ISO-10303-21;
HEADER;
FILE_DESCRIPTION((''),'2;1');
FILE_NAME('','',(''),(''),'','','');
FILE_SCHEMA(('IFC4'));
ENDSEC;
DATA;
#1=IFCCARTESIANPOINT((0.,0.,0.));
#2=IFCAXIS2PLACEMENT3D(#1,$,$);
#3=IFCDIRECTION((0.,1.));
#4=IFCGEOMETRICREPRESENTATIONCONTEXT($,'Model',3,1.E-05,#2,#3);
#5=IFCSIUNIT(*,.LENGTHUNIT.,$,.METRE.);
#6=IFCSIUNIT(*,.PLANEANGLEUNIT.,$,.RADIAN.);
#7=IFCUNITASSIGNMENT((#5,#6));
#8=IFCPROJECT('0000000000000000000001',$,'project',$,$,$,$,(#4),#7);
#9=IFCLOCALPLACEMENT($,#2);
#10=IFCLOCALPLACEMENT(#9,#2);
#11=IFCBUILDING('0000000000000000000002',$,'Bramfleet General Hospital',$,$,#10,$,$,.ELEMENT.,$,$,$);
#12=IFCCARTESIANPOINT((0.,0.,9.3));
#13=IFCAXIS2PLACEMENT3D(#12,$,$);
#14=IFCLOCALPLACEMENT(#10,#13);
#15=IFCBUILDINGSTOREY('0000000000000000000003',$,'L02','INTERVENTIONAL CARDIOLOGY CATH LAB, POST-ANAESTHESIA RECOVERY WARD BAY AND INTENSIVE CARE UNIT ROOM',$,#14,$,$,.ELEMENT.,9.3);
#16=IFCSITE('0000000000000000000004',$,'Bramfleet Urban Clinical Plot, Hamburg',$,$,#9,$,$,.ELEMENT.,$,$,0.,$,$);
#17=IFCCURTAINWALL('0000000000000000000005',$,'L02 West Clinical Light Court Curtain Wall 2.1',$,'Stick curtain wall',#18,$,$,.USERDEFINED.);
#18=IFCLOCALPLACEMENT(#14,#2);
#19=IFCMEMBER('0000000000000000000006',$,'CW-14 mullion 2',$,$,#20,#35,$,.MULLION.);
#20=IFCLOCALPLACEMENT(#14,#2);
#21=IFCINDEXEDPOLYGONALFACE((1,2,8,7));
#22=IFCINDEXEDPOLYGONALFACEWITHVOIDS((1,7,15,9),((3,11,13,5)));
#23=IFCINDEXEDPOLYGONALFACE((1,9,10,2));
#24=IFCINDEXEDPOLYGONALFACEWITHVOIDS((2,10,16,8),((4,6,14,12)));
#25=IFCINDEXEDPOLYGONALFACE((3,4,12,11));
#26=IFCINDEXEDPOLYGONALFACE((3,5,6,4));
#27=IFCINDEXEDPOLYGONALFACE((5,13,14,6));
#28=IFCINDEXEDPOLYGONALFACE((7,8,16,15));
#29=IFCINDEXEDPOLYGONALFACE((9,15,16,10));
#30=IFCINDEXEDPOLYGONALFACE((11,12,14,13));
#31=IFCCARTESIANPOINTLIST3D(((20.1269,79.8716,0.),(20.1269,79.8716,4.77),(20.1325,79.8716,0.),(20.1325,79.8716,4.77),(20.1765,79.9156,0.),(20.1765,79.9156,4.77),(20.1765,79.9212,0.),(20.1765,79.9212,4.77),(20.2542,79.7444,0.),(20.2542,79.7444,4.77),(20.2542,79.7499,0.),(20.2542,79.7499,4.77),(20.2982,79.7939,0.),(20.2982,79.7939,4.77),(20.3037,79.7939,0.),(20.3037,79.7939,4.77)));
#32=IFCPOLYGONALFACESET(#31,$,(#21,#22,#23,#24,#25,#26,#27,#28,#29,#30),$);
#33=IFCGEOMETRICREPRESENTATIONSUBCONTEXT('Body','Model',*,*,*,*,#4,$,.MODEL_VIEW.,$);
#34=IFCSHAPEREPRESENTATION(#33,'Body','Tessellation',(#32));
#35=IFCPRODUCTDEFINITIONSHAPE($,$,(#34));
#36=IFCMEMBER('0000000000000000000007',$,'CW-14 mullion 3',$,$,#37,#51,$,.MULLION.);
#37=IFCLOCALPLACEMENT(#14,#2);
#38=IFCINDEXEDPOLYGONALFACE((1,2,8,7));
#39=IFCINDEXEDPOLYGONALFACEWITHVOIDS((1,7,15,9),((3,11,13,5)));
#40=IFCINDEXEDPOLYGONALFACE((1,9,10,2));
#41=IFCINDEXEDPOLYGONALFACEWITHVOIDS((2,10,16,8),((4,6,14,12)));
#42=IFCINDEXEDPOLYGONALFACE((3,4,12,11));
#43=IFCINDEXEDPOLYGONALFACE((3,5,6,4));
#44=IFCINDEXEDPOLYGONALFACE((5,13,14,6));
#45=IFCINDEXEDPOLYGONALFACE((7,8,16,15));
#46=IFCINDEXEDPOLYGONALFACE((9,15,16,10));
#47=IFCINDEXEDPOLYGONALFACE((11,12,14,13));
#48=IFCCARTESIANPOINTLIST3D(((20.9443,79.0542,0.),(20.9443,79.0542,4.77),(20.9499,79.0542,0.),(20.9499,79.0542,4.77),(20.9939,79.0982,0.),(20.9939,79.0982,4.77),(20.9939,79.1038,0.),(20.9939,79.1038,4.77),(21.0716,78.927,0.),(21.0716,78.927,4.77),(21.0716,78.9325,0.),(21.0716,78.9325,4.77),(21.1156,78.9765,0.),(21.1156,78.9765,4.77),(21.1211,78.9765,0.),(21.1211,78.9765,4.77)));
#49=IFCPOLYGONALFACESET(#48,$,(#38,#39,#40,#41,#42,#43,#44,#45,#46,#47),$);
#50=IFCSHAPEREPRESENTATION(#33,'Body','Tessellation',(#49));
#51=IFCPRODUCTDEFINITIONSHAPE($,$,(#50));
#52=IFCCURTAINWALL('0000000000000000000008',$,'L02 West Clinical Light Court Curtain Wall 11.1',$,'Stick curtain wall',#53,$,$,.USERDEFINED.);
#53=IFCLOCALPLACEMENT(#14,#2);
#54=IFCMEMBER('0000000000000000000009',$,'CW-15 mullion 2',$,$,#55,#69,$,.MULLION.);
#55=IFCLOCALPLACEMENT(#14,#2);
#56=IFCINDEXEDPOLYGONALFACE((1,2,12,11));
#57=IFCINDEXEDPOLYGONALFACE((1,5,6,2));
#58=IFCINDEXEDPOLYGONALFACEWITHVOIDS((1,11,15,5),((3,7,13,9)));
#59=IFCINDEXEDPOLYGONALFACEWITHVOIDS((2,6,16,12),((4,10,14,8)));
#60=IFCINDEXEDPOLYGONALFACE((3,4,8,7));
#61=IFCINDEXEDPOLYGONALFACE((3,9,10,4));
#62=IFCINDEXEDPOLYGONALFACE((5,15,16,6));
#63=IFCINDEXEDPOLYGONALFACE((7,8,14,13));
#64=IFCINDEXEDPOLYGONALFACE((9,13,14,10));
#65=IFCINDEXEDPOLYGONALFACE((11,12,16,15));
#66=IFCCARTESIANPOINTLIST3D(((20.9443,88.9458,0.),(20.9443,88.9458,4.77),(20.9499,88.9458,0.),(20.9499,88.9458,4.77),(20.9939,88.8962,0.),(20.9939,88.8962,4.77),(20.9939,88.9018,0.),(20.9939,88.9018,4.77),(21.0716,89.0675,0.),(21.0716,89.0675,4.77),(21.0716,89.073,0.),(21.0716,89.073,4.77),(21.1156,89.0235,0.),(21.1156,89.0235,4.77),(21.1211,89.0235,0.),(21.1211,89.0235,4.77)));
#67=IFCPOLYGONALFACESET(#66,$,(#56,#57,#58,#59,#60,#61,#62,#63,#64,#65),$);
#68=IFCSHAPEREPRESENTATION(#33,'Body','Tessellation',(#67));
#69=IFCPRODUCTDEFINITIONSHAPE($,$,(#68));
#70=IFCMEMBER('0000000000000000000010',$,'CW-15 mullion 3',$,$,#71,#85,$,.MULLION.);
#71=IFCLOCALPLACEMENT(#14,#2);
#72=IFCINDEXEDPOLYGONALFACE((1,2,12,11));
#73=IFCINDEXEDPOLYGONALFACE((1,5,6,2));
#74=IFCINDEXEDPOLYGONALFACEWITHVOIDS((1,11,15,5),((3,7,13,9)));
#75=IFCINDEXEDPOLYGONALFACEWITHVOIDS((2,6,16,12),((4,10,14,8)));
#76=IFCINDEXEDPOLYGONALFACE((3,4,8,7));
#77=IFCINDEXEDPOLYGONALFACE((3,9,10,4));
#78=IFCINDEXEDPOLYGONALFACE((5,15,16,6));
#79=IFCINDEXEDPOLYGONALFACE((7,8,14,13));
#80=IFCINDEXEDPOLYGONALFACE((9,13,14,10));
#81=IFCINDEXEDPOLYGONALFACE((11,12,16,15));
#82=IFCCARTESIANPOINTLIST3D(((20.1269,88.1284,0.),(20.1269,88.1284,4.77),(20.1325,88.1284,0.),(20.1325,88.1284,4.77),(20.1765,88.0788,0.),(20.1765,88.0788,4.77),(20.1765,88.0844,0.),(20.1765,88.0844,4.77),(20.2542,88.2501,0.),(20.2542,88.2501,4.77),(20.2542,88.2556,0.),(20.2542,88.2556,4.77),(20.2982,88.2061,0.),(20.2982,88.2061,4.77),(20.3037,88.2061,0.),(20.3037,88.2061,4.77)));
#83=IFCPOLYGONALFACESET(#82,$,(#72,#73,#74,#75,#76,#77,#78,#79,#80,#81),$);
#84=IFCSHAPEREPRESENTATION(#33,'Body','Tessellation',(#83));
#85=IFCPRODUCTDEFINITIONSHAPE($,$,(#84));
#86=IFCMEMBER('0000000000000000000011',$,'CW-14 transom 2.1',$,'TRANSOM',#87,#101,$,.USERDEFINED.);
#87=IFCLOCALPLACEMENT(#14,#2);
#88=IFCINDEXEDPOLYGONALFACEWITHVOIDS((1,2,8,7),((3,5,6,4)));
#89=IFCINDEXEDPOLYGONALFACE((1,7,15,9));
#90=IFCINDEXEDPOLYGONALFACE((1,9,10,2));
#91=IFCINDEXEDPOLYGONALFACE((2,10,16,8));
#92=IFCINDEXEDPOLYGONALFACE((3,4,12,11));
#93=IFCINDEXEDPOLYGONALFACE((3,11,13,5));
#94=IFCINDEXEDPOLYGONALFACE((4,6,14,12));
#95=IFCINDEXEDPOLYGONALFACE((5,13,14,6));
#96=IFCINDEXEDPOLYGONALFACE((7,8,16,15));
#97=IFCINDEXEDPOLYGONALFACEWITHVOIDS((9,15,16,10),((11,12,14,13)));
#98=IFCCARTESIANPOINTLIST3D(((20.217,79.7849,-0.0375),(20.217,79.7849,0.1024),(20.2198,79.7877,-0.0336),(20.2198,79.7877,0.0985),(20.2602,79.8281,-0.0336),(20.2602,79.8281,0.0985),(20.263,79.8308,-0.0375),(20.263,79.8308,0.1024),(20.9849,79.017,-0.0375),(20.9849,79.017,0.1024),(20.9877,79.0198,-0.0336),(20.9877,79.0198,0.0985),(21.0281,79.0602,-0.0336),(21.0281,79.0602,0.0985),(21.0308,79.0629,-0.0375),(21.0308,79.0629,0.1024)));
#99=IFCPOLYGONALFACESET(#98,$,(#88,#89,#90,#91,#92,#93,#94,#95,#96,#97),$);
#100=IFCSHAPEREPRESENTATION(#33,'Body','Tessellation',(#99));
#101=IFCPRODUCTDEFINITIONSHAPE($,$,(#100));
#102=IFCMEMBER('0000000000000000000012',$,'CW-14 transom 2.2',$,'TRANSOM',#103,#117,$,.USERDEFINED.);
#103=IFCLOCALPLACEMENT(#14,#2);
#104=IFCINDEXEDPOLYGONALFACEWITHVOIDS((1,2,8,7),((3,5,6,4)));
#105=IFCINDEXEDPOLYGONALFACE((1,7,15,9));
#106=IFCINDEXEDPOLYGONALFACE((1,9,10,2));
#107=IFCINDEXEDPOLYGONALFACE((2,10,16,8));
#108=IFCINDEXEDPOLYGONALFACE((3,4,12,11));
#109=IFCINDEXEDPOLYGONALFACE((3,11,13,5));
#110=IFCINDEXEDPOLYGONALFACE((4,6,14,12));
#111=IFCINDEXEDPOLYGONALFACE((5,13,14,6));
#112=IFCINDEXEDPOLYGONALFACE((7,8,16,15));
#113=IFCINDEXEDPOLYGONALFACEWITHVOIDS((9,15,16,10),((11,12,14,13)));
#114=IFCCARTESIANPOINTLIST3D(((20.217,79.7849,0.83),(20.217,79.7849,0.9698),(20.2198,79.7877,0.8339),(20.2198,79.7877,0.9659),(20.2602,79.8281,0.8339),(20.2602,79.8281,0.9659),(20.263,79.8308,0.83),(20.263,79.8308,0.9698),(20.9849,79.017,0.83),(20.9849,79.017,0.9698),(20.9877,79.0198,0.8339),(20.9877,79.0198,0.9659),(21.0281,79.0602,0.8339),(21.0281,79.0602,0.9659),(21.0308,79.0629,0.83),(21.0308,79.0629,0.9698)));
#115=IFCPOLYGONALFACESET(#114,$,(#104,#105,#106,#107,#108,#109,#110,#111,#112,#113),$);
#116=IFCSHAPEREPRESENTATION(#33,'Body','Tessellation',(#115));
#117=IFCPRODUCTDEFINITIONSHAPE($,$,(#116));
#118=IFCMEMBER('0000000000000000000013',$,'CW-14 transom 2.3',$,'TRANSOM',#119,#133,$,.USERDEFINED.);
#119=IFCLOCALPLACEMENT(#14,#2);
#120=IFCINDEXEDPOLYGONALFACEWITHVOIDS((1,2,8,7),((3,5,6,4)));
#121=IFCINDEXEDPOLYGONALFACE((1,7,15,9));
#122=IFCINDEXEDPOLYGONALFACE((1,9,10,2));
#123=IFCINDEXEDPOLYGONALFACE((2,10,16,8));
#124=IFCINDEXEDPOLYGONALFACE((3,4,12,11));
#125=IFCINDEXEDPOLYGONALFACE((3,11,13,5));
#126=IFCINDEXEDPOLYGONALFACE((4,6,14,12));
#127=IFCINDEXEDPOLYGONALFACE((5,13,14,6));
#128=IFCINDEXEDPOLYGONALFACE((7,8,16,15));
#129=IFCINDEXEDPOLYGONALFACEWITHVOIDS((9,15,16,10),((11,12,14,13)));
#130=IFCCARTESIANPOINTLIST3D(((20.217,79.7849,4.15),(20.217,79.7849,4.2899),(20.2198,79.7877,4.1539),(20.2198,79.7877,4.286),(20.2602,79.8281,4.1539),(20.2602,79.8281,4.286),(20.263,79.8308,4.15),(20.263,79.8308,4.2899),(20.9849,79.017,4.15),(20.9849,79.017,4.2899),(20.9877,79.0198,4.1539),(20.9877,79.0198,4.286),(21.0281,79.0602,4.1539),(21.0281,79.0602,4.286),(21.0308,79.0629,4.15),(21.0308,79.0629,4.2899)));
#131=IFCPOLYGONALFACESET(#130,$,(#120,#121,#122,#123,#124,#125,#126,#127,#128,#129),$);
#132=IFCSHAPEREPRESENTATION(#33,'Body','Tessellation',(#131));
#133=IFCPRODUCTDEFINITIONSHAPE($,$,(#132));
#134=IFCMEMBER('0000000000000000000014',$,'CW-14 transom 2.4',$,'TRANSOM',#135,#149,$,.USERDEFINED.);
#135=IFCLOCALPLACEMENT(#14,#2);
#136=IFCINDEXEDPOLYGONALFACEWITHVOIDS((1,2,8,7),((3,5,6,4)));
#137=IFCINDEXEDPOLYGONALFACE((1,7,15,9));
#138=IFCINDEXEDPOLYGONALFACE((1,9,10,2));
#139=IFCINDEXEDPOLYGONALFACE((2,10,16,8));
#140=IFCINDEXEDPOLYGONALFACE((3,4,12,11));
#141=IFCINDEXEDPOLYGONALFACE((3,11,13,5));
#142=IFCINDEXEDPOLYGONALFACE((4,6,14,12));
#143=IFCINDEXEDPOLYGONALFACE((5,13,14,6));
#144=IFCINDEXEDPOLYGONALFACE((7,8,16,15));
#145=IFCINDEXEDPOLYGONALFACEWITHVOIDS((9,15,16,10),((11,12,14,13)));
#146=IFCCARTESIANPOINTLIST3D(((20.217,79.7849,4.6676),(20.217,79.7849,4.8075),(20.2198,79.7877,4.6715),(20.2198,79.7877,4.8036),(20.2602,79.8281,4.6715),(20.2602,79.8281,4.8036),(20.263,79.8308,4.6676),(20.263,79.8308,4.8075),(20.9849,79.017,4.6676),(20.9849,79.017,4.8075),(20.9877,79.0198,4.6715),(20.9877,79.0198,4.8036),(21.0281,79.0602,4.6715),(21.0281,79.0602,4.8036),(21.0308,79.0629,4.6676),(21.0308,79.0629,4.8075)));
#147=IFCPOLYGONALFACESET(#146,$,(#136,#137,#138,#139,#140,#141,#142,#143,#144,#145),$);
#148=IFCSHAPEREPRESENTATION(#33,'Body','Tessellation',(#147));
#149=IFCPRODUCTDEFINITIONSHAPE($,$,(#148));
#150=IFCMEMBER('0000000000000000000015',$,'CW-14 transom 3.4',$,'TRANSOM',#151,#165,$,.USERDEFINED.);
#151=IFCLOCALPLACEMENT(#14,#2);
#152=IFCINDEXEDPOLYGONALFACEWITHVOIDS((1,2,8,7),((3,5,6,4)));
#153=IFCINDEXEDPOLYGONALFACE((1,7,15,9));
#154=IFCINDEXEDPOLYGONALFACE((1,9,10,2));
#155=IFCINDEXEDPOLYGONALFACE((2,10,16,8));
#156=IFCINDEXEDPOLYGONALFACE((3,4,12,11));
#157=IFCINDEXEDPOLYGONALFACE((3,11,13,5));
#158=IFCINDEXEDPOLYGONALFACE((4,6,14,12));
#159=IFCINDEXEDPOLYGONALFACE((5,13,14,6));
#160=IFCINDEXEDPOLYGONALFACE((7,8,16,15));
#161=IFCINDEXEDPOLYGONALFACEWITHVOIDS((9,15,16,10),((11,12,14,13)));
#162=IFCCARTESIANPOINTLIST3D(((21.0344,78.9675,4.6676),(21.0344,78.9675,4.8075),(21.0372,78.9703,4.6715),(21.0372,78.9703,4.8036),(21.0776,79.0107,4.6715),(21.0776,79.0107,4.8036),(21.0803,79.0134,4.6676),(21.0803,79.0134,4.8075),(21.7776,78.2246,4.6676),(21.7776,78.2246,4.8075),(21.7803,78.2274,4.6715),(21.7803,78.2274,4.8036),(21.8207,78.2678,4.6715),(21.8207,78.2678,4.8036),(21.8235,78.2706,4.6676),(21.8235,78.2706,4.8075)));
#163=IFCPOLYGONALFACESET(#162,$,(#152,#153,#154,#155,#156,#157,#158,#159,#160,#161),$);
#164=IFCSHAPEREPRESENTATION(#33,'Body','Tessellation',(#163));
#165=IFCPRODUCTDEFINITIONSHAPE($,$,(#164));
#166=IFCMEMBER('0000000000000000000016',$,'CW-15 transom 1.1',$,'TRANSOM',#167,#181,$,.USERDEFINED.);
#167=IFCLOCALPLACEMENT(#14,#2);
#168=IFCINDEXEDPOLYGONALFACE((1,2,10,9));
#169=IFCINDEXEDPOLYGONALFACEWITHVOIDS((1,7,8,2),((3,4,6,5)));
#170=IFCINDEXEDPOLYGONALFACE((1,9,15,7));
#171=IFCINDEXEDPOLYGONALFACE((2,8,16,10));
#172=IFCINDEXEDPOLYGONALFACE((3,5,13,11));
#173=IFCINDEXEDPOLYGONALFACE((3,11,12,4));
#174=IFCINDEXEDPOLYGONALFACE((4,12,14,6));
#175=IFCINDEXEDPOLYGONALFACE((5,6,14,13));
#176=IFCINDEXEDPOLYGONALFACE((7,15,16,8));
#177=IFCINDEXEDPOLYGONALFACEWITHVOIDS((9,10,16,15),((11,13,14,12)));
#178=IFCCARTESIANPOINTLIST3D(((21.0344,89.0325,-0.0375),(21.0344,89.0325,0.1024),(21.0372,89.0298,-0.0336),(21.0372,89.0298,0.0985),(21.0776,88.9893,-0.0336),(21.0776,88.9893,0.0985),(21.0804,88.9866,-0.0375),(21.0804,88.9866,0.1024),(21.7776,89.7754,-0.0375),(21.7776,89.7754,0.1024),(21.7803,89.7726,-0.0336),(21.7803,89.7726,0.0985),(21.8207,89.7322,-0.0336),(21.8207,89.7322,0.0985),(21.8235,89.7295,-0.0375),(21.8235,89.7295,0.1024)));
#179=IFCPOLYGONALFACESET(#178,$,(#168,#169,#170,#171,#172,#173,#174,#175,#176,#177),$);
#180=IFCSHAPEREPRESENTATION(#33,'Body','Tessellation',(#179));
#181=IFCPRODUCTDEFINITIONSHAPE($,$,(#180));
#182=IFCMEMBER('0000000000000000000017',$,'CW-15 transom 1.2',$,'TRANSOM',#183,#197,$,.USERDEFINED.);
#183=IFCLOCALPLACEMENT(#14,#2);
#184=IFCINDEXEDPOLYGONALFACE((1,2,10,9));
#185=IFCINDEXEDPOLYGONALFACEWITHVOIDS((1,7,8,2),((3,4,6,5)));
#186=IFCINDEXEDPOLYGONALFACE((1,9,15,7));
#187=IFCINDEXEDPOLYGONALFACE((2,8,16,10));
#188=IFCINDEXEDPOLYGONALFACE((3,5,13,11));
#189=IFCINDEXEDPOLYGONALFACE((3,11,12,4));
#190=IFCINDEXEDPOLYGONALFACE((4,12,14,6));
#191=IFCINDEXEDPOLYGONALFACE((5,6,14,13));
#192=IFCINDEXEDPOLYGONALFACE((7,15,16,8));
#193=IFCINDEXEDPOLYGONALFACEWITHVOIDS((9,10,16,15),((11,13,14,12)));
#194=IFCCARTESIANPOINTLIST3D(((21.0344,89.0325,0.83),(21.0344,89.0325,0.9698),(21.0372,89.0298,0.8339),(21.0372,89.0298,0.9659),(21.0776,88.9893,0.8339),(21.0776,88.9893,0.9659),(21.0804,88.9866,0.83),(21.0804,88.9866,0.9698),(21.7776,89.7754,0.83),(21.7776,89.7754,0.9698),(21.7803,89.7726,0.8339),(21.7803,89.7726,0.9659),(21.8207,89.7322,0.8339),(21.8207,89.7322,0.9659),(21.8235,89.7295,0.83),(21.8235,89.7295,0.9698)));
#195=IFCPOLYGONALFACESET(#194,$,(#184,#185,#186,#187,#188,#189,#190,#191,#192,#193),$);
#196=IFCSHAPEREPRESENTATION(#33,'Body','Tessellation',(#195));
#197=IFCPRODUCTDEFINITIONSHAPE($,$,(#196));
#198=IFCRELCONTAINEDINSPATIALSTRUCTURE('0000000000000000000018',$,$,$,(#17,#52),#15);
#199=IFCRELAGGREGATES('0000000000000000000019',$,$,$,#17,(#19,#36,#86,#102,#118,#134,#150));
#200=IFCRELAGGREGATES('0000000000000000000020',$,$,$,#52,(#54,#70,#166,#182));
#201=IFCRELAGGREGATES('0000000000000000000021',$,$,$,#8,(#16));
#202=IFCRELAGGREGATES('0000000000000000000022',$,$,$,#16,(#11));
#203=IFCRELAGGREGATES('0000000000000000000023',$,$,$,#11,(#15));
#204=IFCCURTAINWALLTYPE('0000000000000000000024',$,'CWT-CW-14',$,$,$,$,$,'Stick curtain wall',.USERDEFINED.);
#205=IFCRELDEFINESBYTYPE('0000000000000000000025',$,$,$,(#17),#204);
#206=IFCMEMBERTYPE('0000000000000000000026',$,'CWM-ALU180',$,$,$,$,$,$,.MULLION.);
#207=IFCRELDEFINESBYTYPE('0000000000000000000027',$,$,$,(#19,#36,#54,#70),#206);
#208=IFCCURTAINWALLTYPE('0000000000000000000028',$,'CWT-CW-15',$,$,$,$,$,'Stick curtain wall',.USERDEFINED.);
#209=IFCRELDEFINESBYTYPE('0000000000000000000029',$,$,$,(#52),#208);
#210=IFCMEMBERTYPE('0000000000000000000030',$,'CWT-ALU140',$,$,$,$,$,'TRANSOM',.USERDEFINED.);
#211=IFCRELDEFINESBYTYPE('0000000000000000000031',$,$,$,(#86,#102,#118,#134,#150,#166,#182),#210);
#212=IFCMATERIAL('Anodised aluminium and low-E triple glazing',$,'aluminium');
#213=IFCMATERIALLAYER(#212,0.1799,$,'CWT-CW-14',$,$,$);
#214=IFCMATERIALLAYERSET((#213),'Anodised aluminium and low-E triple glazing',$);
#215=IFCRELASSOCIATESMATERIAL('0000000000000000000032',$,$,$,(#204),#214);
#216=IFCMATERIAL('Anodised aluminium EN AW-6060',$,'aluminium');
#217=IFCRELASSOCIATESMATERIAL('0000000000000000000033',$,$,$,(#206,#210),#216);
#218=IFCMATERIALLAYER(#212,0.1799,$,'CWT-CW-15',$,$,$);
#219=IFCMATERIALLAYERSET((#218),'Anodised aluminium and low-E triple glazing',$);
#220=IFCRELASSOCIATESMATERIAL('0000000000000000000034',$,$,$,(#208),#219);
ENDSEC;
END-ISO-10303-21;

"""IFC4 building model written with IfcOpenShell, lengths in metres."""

from ifc_helpers import new_model, si_unit, direction, frame, origin, origin_2d, place, context, subcontext, project, spatial, hollow_rectangle, extrude, material, layer, layer_set, material_profile, profile_set, type_object, element, aggregate, save


model = new_model("IFC4")

# Units and contexts
model_context = context("Model", 3, precision=1e-05, world=origin(), true_north=direction((0.0, 1.0)))
body_context = subcontext(model_context, "Body", "Model", "MODEL_VIEW")
ifc_project = project(units=[si_unit("LENGTHUNIT", "METRE"), si_unit("PLANEANGLEUNIT", "RADIAN")], contexts=[model_context])

# Site, building, storey
site_placement = place(None, origin())
site = spatial("IfcSite", under=ifc_project, at=site_placement, Name="Bramfleet Urban Clinical Plot, Hamburg", CompositionType="ELEMENT", RefElevation=0.0)
building_placement = place(site_placement, origin())
building = spatial("IfcBuilding", under=site, at=building_placement, Name="Bramfleet General Hospital", CompositionType="ELEMENT")
storey_placement = place(building_placement, frame((0.0, 0.0, 9.3)))
storey = spatial("IfcBuildingStorey", under=building, at=storey_placement, Name="L02", Description="INTERVENTIONAL CARDIOLOGY CATH LAB, POST-ANAESTHESIA RECOVERY WARD BAY AND INTENSIVE CARE UNIT ROOM", CompositionType="ELEMENT", Elevation=9.3)

# Curtain walls, members
ifc_material_1 = material(Name="Anodised aluminium and low-E triple glazing", Category="aluminium")
ifc_layer_1 = layer(ifc_material_1, 0.1799, Name="CWT-CW-14")
ifc_layer_set_1 = layer_set([ifc_layer_1], Name="Anodised aluminium and low-E triple glazing")
curtain_wall_type_1 = type_object("IfcCurtainWallType", Name="CWT-CW-14", ElementType="Stick curtain wall", PredefinedType="USERDEFINED", material=ifc_layer_set_1)
curtain_wall_1_placement = place(storey_placement, origin())
curtain_wall_1 = element("IfcCurtainWall", 1, at=curtain_wall_1_placement, inside=storey, type_object=curtain_wall_type_1, Name="L02 West Clinical Light Court Curtain Wall 2.1", ObjectType="Stick curtain wall", PredefinedType="USERDEFINED")
ifc_material_2 = material(Name="Anodised aluminium EN AW-6060", Category="aluminium")
ifc_material_profile_1 = material_profile(ifc_material_2, hollow_rectangle(XDim=0.0701, YDim=0.1799, WallThickness=0.0039, at=origin_2d()), Name="ALU 180x70x4.0")
ifc_profile_set_1 = profile_set([ifc_material_profile_1], Name="Anodised aluminium EN AW-6060")
member_type_1 = type_object("IfcMemberType", Name="CWM-ALU180", PredefinedType="MULLION", material=ifc_profile_set_1)
member_1_placement = place(storey_placement, frame((20.2153, 79.8328, 0.0), z_axis=(0.0, 0.0, 1.0), x_axis=(0.707107, 0.707107, 0.0)))
member_1 = element("IfcMember", 2, at=member_1_placement, type_object=member_type_1, Name="CW-14 mullion 2", PredefinedType="MULLION", context=body_context, shape_type="SweptSolid", body=[
    extrude(hollow_rectangle(XDim=0.0701, YDim=0.1799, WallThickness=0.0039, at=origin_2d()), origin(), (0.0, 0.0, 1.0), 4.77),
])
member_2_placement = place(storey_placement, frame((21.0327, 79.0154, 0.0), z_axis=(0.0, 0.0, 1.0), x_axis=(0.707107, 0.707107, 0.0)))
member_2 = element("IfcMember", 3, at=member_2_placement, type_object=member_type_1, Name="CW-14 mullion 3", PredefinedType="MULLION", context=body_context, shape_type="SweptSolid", body=[
    extrude(hollow_rectangle(XDim=0.0701, YDim=0.1799, WallThickness=0.0039, at=origin_2d()), origin(), (0.0, 0.0, 1.0), 4.77),
])
ifc_layer_2 = layer(ifc_material_1, 0.1799, Name="CWT-CW-15")
ifc_layer_set_2 = layer_set([ifc_layer_2], Name="Anodised aluminium and low-E triple glazing")
curtain_wall_type_2 = type_object("IfcCurtainWallType", Name="CWT-CW-15", ElementType="Stick curtain wall", PredefinedType="USERDEFINED", material=ifc_layer_set_2)
curtain_wall_2_placement = place(storey_placement, origin())
curtain_wall_2 = element("IfcCurtainWall", 4, at=curtain_wall_2_placement, inside=storey, type_object=curtain_wall_type_2, Name="L02 West Clinical Light Court Curtain Wall 11.1", ObjectType="Stick curtain wall", PredefinedType="USERDEFINED")
member_3_placement = place(storey_placement, frame((21.0327, 88.9846, 0.0), z_axis=(0.0, 0.0, 1.0), x_axis=(0.707107, -0.707107, 0.0)))
member_3 = element("IfcMember", 5, at=member_3_placement, type_object=member_type_1, Name="CW-15 mullion 2", PredefinedType="MULLION", context=body_context, shape_type="SweptSolid", body=[
    extrude(hollow_rectangle(XDim=0.0701, YDim=0.1799, WallThickness=0.0039, at=origin_2d()), origin(), (0.0, 0.0, 1.0), 4.77),
])
member_4_placement = place(storey_placement, frame((20.2153, 88.1672, 0.0), z_axis=(0.0, 0.0, 1.0), x_axis=(0.707107, -0.707107, 0.0)))
member_4 = element("IfcMember", 6, at=member_4_placement, type_object=member_type_1, Name="CW-15 mullion 3", PredefinedType="MULLION", context=body_context, shape_type="SweptSolid", body=[
    extrude(hollow_rectangle(XDim=0.0701, YDim=0.1799, WallThickness=0.0039, at=origin_2d()), origin(), (0.0, 0.0, 1.0), 4.77),
])

# Members
ifc_material_profile_2 = material_profile(ifc_material_2, hollow_rectangle(XDim=0.0649, YDim=0.1399, WallThickness=0.0039, at=origin_2d()), Name="ALU 140x65x4.0")
ifc_profile_set_2 = profile_set([ifc_material_profile_2], Name="Anodised aluminium EN AW-6060")
member_type_2 = type_object("IfcMemberType", Name="CWT-ALU140", ElementType="TRANSOM", PredefinedType="USERDEFINED", material=ifc_profile_set_2)
member_5_placement = place(storey_placement, frame((20.24, 79.8079, 0.0325), z_axis=(0.707107, -0.707107, 0.0), x_axis=(0.707107, 0.707107, 0.0)))
member_5 = element("IfcMember", 7, at=member_5_placement, type_object=member_type_2, Name="CW-14 transom 2.1", ObjectType="TRANSOM", PredefinedType="USERDEFINED", context=body_context, shape_type="SweptSolid", body=[
    extrude(hollow_rectangle(XDim=0.0649, YDim=0.1399, WallThickness=0.0039, at=origin_2d()), origin(), (0.0, 0.0, 1.0), 1.0859),
])
member_6_placement = place(storey_placement, frame((20.24, 79.8079, 0.8999), z_axis=(0.707107, -0.707107, 0.0), x_axis=(0.707107, 0.707107, 0.0)))
member_6 = element("IfcMember", 8, at=member_6_placement, type_object=member_type_2, Name="CW-14 transom 2.2", ObjectType="TRANSOM", PredefinedType="USERDEFINED", context=body_context, shape_type="SweptSolid", body=[
    extrude(hollow_rectangle(XDim=0.0649, YDim=0.1399, WallThickness=0.0039, at=origin_2d()), origin(), (0.0, 0.0, 1.0), 1.0859),
])
member_7_placement = place(storey_placement, frame((20.24, 79.8079, 4.22), z_axis=(0.707107, -0.707107, 0.0), x_axis=(0.707107, 0.707107, 0.0)))
member_7 = element("IfcMember", 9, at=member_7_placement, type_object=member_type_2, Name="CW-14 transom 2.3", ObjectType="TRANSOM", PredefinedType="USERDEFINED", context=body_context, shape_type="SweptSolid", body=[
    extrude(hollow_rectangle(XDim=0.0649, YDim=0.1399, WallThickness=0.0039, at=origin_2d()), origin(), (0.0, 0.0, 1.0), 1.0859),
])
member_8_placement = place(storey_placement, frame((20.24, 79.8079, 4.7375), z_axis=(0.707107, -0.707107, 0.0), x_axis=(0.707107, 0.707107, 0.0)))
member_8 = element("IfcMember", 10, at=member_8_placement, type_object=member_type_2, Name="CW-14 transom 2.4", ObjectType="TRANSOM", PredefinedType="USERDEFINED", context=body_context, shape_type="SweptSolid", body=[
    extrude(hollow_rectangle(XDim=0.0649, YDim=0.1399, WallThickness=0.0039, at=origin_2d()), origin(), (0.0, 0.0, 1.0), 1.0859),
])
member_9_placement = place(storey_placement, frame((21.0574, 78.9905, 4.7375), z_axis=(0.707223, -0.706991, 0.0), x_axis=(0.706991, 0.707223, 0.0)))
member_9 = element("IfcMember", 11, at=member_9_placement, type_object=member_type_2, Name="CW-14 transom 3.4", ObjectType="TRANSOM", PredefinedType="USERDEFINED", context=body_context, shape_type="SweptSolid", body=[
    extrude(hollow_rectangle(XDim=0.0649, YDim=0.1399, WallThickness=0.0039, at=origin_2d()), origin(), (0.0, 0.0, 1.0), 1.0508),
])
member_10_placement = place(storey_placement, frame((21.8005, 89.7524, 0.0325), z_axis=(-0.707223, -0.706991, 0.0), x_axis=(0.706991, -0.707223, 0.0)))
member_10 = element("IfcMember", 12, at=member_10_placement, type_object=member_type_2, Name="CW-15 transom 1.1", ObjectType="TRANSOM", PredefinedType="USERDEFINED", context=body_context, shape_type="SweptSolid", body=[
    extrude(hollow_rectangle(XDim=0.0649, YDim=0.1399, WallThickness=0.0039, at=origin_2d()), origin(), (0.0, 0.0, 1.0), 1.0508),
])
member_11_placement = place(storey_placement, frame((21.8005, 89.7524, 0.8999), z_axis=(-0.707223, -0.706991, 0.0), x_axis=(0.706991, -0.707223, 0.0)))
member_11 = element("IfcMember", 13, at=member_11_placement, type_object=member_type_2, Name="CW-15 transom 1.2", ObjectType="TRANSOM", PredefinedType="USERDEFINED", context=body_context, shape_type="SweptSolid", body=[
    extrude(hollow_rectangle(XDim=0.0649, YDim=0.1399, WallThickness=0.0039, at=origin_2d()), origin(), (0.0, 0.0, 1.0), 1.0508),
])

aggregate(curtain_wall_1, [member_1, member_2, member_5, member_6, member_7, member_8, member_9])
aggregate(curtain_wall_2, [member_3, member_4, member_10, member_11])

save(model, "model.ifc")
